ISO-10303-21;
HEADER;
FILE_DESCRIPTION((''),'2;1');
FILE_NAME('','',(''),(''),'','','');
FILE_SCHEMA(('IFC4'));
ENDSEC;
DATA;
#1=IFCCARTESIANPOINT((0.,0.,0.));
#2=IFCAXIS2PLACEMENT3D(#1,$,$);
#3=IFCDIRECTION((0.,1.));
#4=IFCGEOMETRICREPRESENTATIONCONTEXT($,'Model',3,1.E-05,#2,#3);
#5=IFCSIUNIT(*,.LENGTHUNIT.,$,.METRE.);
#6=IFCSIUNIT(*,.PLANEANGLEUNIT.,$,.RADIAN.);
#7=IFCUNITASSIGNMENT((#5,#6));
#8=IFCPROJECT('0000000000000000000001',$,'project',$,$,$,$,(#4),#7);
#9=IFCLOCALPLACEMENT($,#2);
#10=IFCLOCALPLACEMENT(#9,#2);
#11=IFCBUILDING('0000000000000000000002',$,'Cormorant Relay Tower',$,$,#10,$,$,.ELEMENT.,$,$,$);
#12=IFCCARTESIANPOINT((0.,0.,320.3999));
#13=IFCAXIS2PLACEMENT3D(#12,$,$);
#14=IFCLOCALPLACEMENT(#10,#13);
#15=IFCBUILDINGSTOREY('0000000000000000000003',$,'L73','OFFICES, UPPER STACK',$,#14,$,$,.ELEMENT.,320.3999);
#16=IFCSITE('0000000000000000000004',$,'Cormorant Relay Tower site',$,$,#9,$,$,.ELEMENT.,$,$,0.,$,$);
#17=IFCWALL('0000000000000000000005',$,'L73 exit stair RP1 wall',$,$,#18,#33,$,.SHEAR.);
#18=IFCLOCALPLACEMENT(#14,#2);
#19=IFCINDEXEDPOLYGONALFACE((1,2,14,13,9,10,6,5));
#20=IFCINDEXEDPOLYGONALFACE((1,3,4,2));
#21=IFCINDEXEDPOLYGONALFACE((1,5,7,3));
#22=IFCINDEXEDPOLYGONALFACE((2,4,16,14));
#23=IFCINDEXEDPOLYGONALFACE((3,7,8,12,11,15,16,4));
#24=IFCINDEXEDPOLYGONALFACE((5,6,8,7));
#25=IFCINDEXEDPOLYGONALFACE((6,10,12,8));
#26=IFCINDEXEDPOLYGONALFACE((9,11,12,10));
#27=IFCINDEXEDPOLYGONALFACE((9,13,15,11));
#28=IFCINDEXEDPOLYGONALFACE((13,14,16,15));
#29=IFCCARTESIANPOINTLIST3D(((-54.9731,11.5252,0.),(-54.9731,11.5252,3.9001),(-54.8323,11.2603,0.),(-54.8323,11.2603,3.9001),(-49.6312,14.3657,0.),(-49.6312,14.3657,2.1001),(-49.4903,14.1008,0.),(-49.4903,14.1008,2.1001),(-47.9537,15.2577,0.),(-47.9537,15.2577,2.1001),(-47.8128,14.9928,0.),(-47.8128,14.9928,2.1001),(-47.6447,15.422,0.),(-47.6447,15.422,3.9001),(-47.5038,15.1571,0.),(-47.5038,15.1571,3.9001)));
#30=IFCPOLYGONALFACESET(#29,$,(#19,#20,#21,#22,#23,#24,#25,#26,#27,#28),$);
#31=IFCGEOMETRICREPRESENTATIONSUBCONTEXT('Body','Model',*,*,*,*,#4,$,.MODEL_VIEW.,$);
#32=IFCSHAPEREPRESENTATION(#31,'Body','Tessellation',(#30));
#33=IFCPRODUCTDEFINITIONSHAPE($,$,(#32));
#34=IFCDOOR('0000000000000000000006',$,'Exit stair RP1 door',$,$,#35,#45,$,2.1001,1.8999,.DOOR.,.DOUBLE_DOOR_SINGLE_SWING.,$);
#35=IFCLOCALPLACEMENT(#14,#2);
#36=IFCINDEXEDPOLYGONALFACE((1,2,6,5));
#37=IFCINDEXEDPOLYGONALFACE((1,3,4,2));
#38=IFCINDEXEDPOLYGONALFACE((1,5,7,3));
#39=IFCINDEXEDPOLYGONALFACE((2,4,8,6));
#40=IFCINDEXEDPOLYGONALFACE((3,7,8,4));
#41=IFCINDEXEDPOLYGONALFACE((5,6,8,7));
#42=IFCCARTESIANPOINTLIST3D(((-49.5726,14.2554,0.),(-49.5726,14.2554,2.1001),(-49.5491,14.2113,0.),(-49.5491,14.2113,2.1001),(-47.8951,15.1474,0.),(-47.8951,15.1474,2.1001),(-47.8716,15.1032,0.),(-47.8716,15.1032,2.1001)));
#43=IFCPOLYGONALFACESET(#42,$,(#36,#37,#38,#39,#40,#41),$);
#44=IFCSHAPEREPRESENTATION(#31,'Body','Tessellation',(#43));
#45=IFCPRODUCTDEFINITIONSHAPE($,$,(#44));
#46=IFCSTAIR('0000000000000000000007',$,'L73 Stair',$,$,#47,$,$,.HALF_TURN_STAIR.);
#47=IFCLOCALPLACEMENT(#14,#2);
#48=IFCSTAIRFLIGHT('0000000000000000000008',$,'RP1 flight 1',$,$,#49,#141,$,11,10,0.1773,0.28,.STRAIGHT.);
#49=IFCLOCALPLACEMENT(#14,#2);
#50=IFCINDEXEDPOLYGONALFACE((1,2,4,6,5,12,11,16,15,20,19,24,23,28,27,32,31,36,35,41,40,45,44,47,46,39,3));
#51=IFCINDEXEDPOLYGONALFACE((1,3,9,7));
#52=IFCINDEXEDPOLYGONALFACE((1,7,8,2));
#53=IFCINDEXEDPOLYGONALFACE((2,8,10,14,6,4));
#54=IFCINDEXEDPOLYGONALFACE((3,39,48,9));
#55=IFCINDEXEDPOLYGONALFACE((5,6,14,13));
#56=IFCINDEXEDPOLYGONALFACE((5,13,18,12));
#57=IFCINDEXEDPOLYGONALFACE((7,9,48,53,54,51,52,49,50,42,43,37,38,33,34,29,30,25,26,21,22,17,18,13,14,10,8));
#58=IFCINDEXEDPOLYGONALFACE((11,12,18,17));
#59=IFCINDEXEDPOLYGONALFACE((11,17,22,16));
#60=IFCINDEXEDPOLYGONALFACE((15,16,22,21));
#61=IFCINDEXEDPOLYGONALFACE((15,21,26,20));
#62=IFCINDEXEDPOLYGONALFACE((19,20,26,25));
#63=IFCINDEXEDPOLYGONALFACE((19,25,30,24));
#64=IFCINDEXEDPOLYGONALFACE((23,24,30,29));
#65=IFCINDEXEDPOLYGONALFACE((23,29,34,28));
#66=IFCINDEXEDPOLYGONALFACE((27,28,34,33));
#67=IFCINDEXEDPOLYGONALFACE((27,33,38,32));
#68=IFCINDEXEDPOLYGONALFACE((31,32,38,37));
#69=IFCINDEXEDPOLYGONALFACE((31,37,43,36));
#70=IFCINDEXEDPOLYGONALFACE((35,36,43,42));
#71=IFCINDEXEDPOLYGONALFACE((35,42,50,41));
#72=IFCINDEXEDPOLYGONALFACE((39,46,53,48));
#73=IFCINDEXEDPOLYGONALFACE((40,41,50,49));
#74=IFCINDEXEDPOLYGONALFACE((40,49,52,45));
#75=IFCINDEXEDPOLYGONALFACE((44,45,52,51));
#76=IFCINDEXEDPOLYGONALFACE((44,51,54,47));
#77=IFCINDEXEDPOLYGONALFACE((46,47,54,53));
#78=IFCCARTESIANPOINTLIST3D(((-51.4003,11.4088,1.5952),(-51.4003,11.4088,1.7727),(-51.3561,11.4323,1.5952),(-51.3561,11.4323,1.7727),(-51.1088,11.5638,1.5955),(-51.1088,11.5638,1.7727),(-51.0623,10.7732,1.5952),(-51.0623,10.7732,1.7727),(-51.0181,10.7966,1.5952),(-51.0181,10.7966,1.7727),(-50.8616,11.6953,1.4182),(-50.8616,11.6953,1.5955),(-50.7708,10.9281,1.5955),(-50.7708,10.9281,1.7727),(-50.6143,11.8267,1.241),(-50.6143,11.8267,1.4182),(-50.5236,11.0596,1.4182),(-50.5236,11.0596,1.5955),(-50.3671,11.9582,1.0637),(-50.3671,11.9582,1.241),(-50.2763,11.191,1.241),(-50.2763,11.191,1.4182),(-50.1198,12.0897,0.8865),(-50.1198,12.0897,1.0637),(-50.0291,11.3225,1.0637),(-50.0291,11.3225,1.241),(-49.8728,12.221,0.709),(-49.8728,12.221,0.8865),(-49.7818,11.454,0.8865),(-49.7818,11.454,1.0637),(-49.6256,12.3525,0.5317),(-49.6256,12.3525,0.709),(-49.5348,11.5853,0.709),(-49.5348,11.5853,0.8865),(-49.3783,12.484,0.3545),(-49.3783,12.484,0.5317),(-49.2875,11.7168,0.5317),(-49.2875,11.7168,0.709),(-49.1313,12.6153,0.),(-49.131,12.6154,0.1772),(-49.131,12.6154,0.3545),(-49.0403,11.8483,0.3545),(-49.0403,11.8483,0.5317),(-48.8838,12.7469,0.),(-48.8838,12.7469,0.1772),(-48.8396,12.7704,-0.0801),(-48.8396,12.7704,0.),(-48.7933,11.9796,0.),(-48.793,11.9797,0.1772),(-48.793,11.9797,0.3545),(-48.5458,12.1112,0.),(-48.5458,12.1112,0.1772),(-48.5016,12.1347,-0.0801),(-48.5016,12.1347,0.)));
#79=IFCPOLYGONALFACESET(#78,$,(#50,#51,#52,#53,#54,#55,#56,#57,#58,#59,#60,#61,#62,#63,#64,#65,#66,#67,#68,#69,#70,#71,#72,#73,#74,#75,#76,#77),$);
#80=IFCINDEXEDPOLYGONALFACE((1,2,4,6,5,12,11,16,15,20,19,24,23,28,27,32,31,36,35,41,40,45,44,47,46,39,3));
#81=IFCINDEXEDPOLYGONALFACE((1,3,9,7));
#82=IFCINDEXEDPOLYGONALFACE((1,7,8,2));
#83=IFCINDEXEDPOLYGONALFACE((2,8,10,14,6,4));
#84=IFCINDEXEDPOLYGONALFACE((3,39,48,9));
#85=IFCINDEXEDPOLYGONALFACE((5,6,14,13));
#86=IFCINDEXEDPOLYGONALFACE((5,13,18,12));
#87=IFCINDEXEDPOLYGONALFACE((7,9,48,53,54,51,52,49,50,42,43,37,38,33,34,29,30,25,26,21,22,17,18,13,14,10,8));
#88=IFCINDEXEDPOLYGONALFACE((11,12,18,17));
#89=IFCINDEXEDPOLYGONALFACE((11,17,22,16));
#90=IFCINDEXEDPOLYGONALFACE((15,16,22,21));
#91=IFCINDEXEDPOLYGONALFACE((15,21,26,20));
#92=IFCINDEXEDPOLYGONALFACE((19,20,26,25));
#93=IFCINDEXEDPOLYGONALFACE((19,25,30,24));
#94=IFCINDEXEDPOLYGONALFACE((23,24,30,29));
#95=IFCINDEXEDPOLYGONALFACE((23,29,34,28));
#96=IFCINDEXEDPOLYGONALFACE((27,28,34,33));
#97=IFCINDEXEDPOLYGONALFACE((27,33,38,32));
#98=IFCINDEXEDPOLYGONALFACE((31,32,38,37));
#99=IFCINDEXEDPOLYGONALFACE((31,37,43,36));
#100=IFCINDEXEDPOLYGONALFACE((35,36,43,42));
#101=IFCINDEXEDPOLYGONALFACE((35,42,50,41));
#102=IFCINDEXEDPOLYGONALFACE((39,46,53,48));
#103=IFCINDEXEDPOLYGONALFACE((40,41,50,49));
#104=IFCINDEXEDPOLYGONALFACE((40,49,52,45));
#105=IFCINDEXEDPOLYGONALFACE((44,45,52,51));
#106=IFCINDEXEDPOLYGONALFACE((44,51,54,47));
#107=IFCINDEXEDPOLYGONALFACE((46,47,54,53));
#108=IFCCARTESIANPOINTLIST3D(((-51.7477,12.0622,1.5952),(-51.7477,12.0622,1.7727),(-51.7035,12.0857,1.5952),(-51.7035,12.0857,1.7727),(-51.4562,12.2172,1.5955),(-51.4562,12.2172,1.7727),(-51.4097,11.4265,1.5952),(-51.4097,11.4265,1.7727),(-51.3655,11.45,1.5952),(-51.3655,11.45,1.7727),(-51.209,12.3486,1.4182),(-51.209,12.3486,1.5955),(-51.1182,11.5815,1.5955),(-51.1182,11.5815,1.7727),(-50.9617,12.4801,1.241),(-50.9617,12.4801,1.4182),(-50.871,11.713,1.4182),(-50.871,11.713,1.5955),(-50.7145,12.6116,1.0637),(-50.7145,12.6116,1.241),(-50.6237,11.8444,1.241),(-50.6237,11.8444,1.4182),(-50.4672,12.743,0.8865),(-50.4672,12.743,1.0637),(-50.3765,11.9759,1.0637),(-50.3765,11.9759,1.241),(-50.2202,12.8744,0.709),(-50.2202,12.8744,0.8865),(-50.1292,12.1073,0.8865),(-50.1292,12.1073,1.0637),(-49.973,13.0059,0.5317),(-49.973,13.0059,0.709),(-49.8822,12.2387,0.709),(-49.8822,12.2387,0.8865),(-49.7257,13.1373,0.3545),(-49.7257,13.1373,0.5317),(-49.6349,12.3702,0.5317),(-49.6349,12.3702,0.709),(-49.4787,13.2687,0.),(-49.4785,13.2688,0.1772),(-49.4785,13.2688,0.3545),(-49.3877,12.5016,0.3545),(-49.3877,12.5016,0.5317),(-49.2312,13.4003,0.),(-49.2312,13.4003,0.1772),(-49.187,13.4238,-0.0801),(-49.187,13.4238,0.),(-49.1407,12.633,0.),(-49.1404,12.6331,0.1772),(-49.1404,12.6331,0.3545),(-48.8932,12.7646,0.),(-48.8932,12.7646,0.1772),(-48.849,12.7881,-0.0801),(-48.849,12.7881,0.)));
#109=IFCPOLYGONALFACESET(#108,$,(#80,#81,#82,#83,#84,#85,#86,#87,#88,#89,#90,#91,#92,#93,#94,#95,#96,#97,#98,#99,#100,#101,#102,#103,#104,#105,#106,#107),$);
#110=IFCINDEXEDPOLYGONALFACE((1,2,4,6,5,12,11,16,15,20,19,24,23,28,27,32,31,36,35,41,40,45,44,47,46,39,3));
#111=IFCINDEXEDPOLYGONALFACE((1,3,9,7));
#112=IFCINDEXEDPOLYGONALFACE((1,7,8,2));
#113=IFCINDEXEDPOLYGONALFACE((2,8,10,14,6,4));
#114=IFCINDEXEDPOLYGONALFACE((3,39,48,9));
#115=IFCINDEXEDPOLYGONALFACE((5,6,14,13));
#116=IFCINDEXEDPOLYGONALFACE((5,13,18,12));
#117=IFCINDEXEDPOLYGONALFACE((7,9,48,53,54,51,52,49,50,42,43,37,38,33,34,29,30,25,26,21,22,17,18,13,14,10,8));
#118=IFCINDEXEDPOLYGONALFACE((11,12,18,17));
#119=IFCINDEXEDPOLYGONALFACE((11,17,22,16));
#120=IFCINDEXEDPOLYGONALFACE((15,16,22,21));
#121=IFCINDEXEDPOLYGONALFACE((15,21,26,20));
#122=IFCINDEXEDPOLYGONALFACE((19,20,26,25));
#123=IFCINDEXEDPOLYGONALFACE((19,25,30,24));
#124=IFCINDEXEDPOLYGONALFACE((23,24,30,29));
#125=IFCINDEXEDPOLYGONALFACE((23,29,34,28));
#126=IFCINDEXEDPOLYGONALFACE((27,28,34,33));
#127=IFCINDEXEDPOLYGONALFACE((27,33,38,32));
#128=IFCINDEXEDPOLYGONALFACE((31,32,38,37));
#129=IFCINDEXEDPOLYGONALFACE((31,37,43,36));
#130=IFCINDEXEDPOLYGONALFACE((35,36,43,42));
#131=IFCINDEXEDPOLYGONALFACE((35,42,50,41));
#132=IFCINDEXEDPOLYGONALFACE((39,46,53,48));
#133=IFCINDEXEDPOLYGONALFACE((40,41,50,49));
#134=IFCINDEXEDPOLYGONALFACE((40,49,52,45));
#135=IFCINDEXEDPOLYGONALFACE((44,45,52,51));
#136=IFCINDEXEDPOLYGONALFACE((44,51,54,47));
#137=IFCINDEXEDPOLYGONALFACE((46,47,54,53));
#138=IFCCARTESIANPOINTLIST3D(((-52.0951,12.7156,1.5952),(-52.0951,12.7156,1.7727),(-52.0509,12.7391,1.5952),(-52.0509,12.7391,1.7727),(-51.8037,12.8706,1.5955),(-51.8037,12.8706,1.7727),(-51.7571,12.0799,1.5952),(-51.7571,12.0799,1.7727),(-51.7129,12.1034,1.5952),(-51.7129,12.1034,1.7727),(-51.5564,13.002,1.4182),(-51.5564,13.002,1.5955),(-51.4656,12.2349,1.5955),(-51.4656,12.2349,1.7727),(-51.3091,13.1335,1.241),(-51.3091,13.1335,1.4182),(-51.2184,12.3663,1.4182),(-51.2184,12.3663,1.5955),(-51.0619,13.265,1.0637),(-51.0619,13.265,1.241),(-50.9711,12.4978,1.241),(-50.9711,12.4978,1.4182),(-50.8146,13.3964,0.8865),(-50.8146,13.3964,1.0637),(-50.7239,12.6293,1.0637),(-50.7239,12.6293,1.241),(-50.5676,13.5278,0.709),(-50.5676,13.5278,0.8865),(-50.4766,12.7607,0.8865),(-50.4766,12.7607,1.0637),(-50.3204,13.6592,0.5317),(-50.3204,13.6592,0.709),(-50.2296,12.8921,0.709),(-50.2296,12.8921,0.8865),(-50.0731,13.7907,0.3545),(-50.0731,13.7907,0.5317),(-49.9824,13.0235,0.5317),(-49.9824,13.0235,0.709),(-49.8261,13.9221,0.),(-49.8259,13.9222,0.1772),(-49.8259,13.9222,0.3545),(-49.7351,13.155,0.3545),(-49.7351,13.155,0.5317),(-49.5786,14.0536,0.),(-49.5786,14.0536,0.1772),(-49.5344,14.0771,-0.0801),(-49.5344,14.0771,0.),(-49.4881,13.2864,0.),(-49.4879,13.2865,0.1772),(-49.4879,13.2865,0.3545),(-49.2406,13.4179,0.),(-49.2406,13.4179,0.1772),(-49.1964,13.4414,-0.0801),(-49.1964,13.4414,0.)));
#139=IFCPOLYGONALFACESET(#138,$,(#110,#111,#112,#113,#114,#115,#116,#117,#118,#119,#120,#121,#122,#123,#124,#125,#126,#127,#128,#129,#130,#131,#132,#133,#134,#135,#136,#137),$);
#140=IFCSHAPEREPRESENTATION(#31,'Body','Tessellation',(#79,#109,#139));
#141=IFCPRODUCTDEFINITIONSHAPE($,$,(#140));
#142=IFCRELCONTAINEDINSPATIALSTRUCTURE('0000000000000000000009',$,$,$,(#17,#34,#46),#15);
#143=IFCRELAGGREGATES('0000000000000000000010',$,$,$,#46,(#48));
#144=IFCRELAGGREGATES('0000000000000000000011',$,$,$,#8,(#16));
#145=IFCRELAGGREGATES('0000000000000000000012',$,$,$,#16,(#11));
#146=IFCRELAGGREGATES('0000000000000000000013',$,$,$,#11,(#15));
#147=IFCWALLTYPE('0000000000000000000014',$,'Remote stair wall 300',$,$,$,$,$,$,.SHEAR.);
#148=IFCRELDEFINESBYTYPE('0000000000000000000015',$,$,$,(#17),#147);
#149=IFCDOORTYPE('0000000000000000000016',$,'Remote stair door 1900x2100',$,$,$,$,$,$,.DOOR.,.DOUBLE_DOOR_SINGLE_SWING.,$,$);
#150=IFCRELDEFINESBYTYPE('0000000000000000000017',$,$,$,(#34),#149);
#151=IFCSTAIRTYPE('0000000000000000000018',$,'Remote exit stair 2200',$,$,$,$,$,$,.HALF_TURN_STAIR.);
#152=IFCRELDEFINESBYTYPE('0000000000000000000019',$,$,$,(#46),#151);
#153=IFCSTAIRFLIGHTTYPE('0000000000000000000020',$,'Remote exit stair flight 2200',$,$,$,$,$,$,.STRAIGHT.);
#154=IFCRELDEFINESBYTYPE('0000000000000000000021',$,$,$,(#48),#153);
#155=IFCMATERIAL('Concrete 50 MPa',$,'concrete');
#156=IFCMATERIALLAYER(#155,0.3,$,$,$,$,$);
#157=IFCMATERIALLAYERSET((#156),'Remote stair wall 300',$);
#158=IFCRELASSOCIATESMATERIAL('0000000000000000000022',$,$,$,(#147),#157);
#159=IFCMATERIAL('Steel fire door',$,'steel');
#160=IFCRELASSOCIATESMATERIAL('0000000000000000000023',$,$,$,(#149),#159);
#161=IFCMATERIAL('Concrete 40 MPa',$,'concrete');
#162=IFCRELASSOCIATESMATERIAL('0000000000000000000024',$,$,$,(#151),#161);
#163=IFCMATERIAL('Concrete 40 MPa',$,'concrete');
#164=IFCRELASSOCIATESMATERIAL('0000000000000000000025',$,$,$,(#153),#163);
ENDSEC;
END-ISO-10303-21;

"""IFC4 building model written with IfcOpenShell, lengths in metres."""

from ifc_helpers import new_model, si_unit, direction, frame, frame_2d, origin, place, context, subcontext, project, spatial, polyline, rectangle, outline, extrude, material, layer, layer_set, type_object, element, fill, aggregate, save


model = new_model("IFC4")

# Units and contexts
model_context = context("Model", 3, precision=1e-05, world=origin(), true_north=direction((0.0, 1.0)))
body_context = subcontext(model_context, "Body", "Model", "MODEL_VIEW")
ifc_project = project(units=[si_unit("LENGTHUNIT", "METRE"), si_unit("PLANEANGLEUNIT", "RADIAN")], contexts=[model_context])

# Site, building, storey
site_placement = place(None, origin())
site = spatial("IfcSite", under=ifc_project, at=site_placement, Name="Cormorant Relay Tower site", CompositionType="ELEMENT", RefElevation=0.0)
building_placement = place(site_placement, origin())
building = spatial("IfcBuilding", under=site, at=building_placement, Name="Cormorant Relay Tower", CompositionType="ELEMENT")
storey_placement = place(building_placement, frame((0.0, 0.0, 320.3999)))
storey = spatial("IfcBuildingStorey", under=building, at=storey_placement, Name="L73", Description="OFFICES, UPPER STACK", CompositionType="ELEMENT", Elevation=320.3999)

# Shared definitions
ifc_material_1 = material(Name="Concrete 50 MPa", Category="concrete")
ifc_layer_1 = layer(ifc_material_1, 0.3)
ifc_layer_set_1 = layer_set([ifc_layer_1], Name="Remote stair wall 300")
wall_type_1 = type_object("IfcWallType", Name="Remote stair wall 300", PredefinedType="SHEAR", material=ifc_layer_set_1)

# Wall, opening, door
wall_1_placement = place(storey_placement, frame((-54.9026, 11.3928, 0.0), z_axis=(0.0, 0.0, 1.0), x_axis=(0.882939, 0.469487, 0.0)))
wall_1 = element("IfcWall", 1, at=wall_1_placement, inside=storey, type_object=wall_type_1, Name="L73 exit stair RP1 wall", PredefinedType="SHEAR", context=body_context, shape_type="SweptSolid", body=[
    extrude(rectangle(XDim=8.3, YDim=0.3, at=frame_2d((4.1499, 0.0))), origin(), (0.0, 0.0, 1.0), 3.9001),
])
opening_1_placement = place(wall_1_placement, frame((6.05, 0.0, 0.0)))
opening_1 = element("IfcOpeningElement", 2, at=opening_1_placement, cuts=wall_1, PredefinedType="OPENING", context=body_context, shape_type="SweptSolid", body=[
    extrude(rectangle(XDim=1.8999, YDim=2.1001, at=frame_2d((0.95, 1.05))), frame((0.0, 0.1599, 0.0), z_axis=(0.0, -1.0, 0.0), x_axis=(1.0, 0.0, 0.0)), (0.0, 0.0, 1.0), 0.3201),
])
ifc_material_2 = material(Name="Steel fire door", Category="steel")
door_type_1 = type_object("IfcDoorType", Name="Remote stair door 1900x2100", OperationType="DOUBLE_DOOR_SINGLE_SWING", PredefinedType="DOOR", material=ifc_material_2)
door_1_placement = place(opening_1_placement, frame((1.8999, 0.0, 0.0), z_axis=(0.0, 0.0, 1.0), x_axis=(-1.0, 0.0, 0.0)))
door_1 = element("IfcDoor", 3, at=door_1_placement, inside=storey, type_object=door_type_1, Name="Exit stair RP1 door", OperationType="DOUBLE_DOOR_SINGLE_SWING", OverallHeight=2.1001, OverallWidth=1.8999, PredefinedType="DOOR", context=body_context, shape_type="SweptSolid", body=[
    extrude(rectangle(XDim=1.8999, YDim=2.1001, at=frame_2d((0.95, 1.05))), frame((0.0, 0.0249, 0.0), z_axis=(0.0, -1.0, 0.0), x_axis=(1.0, 0.0, 0.0)), (0.0, 0.0, 1.0), 0.05),
])
fill(opening_1, door_1)

# Stair, stair flight
ifc_material_3 = material(Name="Concrete 40 MPa", Category="concrete")
stair_type = type_object("IfcStairType", Name="Remote exit stair 2200", PredefinedType="HALF_TURN_STAIR", material=ifc_material_3)
stair_placement = place(storey_placement, origin())
stair = element("IfcStair", 4, at=stair_placement, inside=storey, type_object=stair_type, Name="L73 Stair", PredefinedType="HALF_TURN_STAIR")
ifc_material_4 = material(Name="Concrete 40 MPa", Category="concrete")
stair_flight_type = type_object("IfcStairFlightType", Name="Remote exit stair flight 2200", PredefinedType="STRAIGHT", material=ifc_material_4)
stair_flight_1_placement = place(storey_placement, frame((-49.0623, 13.0825, 0.0), z_axis=(0.0, 0.0, 1.0), x_axis=(-0.882948, -0.469472, 0.0)))
stair_flight_1 = element("IfcStairFlight", 5, at=stair_flight_1_placement, type_object=stair_flight_type, Name="RP1 flight 1", NumberOfRisers=11, NumberOfTreads=10, PredefinedType="STRAIGHT", RiserHeight=0.1773, TreadLength=0.28, context=body_context, shape_type="SweptSolid", body=[
    extrude(outline(polyline([(-0.05, -0.0801), (-0.05, 0.0), (0.0, 0.0), (0.0, 0.1772), (0.28, 0.1772), (0.28, 0.3545), (0.5601, 0.3545), (0.5601, 0.5317), (0.8401, 0.5317), (0.8401, 0.709), (1.1201, 0.709), (1.1201, 0.8865), (1.3999, 0.8865), (1.3999, 1.0637), (1.6799, 1.0637), (1.6799, 1.241), (1.96, 1.241), (1.96, 1.4182), (2.24, 1.4182), (2.24, 1.5955), (2.52, 1.5955), (2.52, 1.7727), (2.8, 1.7727), (2.8501, 1.7727), (2.8501, 1.5952), (2.8, 1.5952), (0.2803, 0.0), (-0.05, -0.0801)])), frame((0.0, 1.1001, 0.0), z_axis=(0.0, -1.0, 0.0), x_axis=(1.0, 0.0, 0.0)), (0.0, 0.0, 1.0), 0.72),
    extrude(outline(polyline([(-0.05, -0.0801), (-0.05, 0.0), (0.0, 0.0), (0.0, 0.1772), (0.28, 0.1772), (0.28, 0.3545), (0.5601, 0.3545), (0.5601, 0.5317), (0.8401, 0.5317), (0.8401, 0.709), (1.1201, 0.709), (1.1201, 0.8865), (1.3999, 0.8865), (1.3999, 1.0637), (1.6799, 1.0637), (1.6799, 1.241), (1.96, 1.241), (1.96, 1.4182), (2.24, 1.4182), (2.24, 1.5955), (2.52, 1.5955), (2.52, 1.7727), (2.8, 1.7727), (2.8501, 1.7727), (2.8501, 1.5952), (2.8, 1.5952), (0.2803, 0.0), (-0.05, -0.0801)])), frame((0.0, 0.3601, 0.0), z_axis=(0.0, -1.0, 0.0), x_axis=(1.0, 0.0, 0.0)), (0.0, 0.0, 1.0), 0.72),
    extrude(outline(polyline([(-0.05, -0.0801), (-0.05, 0.0), (0.0, 0.0), (0.0, 0.1772), (0.28, 0.1772), (0.28, 0.3545), (0.5601, 0.3545), (0.5601, 0.5317), (0.8401, 0.5317), (0.8401, 0.709), (1.1201, 0.709), (1.1201, 0.8865), (1.3999, 0.8865), (1.3999, 1.0637), (1.6799, 1.0637), (1.6799, 1.241), (1.96, 1.241), (1.96, 1.4182), (2.24, 1.4182), (2.24, 1.5955), (2.52, 1.5955), (2.52, 1.7727), (2.8, 1.7727), (2.8501, 1.7727), (2.8501, 1.5952), (2.8, 1.5952), (0.2803, 0.0), (-0.05, -0.0801)])), frame((0.0, -0.3799, 0.0), z_axis=(0.0, -1.0, 0.0), x_axis=(1.0, 0.0, 0.0)), (0.0, 0.0, 1.0), 0.72),
])
aggregate(stair, [stair_flight_1])

save(model, "model.ifc")
